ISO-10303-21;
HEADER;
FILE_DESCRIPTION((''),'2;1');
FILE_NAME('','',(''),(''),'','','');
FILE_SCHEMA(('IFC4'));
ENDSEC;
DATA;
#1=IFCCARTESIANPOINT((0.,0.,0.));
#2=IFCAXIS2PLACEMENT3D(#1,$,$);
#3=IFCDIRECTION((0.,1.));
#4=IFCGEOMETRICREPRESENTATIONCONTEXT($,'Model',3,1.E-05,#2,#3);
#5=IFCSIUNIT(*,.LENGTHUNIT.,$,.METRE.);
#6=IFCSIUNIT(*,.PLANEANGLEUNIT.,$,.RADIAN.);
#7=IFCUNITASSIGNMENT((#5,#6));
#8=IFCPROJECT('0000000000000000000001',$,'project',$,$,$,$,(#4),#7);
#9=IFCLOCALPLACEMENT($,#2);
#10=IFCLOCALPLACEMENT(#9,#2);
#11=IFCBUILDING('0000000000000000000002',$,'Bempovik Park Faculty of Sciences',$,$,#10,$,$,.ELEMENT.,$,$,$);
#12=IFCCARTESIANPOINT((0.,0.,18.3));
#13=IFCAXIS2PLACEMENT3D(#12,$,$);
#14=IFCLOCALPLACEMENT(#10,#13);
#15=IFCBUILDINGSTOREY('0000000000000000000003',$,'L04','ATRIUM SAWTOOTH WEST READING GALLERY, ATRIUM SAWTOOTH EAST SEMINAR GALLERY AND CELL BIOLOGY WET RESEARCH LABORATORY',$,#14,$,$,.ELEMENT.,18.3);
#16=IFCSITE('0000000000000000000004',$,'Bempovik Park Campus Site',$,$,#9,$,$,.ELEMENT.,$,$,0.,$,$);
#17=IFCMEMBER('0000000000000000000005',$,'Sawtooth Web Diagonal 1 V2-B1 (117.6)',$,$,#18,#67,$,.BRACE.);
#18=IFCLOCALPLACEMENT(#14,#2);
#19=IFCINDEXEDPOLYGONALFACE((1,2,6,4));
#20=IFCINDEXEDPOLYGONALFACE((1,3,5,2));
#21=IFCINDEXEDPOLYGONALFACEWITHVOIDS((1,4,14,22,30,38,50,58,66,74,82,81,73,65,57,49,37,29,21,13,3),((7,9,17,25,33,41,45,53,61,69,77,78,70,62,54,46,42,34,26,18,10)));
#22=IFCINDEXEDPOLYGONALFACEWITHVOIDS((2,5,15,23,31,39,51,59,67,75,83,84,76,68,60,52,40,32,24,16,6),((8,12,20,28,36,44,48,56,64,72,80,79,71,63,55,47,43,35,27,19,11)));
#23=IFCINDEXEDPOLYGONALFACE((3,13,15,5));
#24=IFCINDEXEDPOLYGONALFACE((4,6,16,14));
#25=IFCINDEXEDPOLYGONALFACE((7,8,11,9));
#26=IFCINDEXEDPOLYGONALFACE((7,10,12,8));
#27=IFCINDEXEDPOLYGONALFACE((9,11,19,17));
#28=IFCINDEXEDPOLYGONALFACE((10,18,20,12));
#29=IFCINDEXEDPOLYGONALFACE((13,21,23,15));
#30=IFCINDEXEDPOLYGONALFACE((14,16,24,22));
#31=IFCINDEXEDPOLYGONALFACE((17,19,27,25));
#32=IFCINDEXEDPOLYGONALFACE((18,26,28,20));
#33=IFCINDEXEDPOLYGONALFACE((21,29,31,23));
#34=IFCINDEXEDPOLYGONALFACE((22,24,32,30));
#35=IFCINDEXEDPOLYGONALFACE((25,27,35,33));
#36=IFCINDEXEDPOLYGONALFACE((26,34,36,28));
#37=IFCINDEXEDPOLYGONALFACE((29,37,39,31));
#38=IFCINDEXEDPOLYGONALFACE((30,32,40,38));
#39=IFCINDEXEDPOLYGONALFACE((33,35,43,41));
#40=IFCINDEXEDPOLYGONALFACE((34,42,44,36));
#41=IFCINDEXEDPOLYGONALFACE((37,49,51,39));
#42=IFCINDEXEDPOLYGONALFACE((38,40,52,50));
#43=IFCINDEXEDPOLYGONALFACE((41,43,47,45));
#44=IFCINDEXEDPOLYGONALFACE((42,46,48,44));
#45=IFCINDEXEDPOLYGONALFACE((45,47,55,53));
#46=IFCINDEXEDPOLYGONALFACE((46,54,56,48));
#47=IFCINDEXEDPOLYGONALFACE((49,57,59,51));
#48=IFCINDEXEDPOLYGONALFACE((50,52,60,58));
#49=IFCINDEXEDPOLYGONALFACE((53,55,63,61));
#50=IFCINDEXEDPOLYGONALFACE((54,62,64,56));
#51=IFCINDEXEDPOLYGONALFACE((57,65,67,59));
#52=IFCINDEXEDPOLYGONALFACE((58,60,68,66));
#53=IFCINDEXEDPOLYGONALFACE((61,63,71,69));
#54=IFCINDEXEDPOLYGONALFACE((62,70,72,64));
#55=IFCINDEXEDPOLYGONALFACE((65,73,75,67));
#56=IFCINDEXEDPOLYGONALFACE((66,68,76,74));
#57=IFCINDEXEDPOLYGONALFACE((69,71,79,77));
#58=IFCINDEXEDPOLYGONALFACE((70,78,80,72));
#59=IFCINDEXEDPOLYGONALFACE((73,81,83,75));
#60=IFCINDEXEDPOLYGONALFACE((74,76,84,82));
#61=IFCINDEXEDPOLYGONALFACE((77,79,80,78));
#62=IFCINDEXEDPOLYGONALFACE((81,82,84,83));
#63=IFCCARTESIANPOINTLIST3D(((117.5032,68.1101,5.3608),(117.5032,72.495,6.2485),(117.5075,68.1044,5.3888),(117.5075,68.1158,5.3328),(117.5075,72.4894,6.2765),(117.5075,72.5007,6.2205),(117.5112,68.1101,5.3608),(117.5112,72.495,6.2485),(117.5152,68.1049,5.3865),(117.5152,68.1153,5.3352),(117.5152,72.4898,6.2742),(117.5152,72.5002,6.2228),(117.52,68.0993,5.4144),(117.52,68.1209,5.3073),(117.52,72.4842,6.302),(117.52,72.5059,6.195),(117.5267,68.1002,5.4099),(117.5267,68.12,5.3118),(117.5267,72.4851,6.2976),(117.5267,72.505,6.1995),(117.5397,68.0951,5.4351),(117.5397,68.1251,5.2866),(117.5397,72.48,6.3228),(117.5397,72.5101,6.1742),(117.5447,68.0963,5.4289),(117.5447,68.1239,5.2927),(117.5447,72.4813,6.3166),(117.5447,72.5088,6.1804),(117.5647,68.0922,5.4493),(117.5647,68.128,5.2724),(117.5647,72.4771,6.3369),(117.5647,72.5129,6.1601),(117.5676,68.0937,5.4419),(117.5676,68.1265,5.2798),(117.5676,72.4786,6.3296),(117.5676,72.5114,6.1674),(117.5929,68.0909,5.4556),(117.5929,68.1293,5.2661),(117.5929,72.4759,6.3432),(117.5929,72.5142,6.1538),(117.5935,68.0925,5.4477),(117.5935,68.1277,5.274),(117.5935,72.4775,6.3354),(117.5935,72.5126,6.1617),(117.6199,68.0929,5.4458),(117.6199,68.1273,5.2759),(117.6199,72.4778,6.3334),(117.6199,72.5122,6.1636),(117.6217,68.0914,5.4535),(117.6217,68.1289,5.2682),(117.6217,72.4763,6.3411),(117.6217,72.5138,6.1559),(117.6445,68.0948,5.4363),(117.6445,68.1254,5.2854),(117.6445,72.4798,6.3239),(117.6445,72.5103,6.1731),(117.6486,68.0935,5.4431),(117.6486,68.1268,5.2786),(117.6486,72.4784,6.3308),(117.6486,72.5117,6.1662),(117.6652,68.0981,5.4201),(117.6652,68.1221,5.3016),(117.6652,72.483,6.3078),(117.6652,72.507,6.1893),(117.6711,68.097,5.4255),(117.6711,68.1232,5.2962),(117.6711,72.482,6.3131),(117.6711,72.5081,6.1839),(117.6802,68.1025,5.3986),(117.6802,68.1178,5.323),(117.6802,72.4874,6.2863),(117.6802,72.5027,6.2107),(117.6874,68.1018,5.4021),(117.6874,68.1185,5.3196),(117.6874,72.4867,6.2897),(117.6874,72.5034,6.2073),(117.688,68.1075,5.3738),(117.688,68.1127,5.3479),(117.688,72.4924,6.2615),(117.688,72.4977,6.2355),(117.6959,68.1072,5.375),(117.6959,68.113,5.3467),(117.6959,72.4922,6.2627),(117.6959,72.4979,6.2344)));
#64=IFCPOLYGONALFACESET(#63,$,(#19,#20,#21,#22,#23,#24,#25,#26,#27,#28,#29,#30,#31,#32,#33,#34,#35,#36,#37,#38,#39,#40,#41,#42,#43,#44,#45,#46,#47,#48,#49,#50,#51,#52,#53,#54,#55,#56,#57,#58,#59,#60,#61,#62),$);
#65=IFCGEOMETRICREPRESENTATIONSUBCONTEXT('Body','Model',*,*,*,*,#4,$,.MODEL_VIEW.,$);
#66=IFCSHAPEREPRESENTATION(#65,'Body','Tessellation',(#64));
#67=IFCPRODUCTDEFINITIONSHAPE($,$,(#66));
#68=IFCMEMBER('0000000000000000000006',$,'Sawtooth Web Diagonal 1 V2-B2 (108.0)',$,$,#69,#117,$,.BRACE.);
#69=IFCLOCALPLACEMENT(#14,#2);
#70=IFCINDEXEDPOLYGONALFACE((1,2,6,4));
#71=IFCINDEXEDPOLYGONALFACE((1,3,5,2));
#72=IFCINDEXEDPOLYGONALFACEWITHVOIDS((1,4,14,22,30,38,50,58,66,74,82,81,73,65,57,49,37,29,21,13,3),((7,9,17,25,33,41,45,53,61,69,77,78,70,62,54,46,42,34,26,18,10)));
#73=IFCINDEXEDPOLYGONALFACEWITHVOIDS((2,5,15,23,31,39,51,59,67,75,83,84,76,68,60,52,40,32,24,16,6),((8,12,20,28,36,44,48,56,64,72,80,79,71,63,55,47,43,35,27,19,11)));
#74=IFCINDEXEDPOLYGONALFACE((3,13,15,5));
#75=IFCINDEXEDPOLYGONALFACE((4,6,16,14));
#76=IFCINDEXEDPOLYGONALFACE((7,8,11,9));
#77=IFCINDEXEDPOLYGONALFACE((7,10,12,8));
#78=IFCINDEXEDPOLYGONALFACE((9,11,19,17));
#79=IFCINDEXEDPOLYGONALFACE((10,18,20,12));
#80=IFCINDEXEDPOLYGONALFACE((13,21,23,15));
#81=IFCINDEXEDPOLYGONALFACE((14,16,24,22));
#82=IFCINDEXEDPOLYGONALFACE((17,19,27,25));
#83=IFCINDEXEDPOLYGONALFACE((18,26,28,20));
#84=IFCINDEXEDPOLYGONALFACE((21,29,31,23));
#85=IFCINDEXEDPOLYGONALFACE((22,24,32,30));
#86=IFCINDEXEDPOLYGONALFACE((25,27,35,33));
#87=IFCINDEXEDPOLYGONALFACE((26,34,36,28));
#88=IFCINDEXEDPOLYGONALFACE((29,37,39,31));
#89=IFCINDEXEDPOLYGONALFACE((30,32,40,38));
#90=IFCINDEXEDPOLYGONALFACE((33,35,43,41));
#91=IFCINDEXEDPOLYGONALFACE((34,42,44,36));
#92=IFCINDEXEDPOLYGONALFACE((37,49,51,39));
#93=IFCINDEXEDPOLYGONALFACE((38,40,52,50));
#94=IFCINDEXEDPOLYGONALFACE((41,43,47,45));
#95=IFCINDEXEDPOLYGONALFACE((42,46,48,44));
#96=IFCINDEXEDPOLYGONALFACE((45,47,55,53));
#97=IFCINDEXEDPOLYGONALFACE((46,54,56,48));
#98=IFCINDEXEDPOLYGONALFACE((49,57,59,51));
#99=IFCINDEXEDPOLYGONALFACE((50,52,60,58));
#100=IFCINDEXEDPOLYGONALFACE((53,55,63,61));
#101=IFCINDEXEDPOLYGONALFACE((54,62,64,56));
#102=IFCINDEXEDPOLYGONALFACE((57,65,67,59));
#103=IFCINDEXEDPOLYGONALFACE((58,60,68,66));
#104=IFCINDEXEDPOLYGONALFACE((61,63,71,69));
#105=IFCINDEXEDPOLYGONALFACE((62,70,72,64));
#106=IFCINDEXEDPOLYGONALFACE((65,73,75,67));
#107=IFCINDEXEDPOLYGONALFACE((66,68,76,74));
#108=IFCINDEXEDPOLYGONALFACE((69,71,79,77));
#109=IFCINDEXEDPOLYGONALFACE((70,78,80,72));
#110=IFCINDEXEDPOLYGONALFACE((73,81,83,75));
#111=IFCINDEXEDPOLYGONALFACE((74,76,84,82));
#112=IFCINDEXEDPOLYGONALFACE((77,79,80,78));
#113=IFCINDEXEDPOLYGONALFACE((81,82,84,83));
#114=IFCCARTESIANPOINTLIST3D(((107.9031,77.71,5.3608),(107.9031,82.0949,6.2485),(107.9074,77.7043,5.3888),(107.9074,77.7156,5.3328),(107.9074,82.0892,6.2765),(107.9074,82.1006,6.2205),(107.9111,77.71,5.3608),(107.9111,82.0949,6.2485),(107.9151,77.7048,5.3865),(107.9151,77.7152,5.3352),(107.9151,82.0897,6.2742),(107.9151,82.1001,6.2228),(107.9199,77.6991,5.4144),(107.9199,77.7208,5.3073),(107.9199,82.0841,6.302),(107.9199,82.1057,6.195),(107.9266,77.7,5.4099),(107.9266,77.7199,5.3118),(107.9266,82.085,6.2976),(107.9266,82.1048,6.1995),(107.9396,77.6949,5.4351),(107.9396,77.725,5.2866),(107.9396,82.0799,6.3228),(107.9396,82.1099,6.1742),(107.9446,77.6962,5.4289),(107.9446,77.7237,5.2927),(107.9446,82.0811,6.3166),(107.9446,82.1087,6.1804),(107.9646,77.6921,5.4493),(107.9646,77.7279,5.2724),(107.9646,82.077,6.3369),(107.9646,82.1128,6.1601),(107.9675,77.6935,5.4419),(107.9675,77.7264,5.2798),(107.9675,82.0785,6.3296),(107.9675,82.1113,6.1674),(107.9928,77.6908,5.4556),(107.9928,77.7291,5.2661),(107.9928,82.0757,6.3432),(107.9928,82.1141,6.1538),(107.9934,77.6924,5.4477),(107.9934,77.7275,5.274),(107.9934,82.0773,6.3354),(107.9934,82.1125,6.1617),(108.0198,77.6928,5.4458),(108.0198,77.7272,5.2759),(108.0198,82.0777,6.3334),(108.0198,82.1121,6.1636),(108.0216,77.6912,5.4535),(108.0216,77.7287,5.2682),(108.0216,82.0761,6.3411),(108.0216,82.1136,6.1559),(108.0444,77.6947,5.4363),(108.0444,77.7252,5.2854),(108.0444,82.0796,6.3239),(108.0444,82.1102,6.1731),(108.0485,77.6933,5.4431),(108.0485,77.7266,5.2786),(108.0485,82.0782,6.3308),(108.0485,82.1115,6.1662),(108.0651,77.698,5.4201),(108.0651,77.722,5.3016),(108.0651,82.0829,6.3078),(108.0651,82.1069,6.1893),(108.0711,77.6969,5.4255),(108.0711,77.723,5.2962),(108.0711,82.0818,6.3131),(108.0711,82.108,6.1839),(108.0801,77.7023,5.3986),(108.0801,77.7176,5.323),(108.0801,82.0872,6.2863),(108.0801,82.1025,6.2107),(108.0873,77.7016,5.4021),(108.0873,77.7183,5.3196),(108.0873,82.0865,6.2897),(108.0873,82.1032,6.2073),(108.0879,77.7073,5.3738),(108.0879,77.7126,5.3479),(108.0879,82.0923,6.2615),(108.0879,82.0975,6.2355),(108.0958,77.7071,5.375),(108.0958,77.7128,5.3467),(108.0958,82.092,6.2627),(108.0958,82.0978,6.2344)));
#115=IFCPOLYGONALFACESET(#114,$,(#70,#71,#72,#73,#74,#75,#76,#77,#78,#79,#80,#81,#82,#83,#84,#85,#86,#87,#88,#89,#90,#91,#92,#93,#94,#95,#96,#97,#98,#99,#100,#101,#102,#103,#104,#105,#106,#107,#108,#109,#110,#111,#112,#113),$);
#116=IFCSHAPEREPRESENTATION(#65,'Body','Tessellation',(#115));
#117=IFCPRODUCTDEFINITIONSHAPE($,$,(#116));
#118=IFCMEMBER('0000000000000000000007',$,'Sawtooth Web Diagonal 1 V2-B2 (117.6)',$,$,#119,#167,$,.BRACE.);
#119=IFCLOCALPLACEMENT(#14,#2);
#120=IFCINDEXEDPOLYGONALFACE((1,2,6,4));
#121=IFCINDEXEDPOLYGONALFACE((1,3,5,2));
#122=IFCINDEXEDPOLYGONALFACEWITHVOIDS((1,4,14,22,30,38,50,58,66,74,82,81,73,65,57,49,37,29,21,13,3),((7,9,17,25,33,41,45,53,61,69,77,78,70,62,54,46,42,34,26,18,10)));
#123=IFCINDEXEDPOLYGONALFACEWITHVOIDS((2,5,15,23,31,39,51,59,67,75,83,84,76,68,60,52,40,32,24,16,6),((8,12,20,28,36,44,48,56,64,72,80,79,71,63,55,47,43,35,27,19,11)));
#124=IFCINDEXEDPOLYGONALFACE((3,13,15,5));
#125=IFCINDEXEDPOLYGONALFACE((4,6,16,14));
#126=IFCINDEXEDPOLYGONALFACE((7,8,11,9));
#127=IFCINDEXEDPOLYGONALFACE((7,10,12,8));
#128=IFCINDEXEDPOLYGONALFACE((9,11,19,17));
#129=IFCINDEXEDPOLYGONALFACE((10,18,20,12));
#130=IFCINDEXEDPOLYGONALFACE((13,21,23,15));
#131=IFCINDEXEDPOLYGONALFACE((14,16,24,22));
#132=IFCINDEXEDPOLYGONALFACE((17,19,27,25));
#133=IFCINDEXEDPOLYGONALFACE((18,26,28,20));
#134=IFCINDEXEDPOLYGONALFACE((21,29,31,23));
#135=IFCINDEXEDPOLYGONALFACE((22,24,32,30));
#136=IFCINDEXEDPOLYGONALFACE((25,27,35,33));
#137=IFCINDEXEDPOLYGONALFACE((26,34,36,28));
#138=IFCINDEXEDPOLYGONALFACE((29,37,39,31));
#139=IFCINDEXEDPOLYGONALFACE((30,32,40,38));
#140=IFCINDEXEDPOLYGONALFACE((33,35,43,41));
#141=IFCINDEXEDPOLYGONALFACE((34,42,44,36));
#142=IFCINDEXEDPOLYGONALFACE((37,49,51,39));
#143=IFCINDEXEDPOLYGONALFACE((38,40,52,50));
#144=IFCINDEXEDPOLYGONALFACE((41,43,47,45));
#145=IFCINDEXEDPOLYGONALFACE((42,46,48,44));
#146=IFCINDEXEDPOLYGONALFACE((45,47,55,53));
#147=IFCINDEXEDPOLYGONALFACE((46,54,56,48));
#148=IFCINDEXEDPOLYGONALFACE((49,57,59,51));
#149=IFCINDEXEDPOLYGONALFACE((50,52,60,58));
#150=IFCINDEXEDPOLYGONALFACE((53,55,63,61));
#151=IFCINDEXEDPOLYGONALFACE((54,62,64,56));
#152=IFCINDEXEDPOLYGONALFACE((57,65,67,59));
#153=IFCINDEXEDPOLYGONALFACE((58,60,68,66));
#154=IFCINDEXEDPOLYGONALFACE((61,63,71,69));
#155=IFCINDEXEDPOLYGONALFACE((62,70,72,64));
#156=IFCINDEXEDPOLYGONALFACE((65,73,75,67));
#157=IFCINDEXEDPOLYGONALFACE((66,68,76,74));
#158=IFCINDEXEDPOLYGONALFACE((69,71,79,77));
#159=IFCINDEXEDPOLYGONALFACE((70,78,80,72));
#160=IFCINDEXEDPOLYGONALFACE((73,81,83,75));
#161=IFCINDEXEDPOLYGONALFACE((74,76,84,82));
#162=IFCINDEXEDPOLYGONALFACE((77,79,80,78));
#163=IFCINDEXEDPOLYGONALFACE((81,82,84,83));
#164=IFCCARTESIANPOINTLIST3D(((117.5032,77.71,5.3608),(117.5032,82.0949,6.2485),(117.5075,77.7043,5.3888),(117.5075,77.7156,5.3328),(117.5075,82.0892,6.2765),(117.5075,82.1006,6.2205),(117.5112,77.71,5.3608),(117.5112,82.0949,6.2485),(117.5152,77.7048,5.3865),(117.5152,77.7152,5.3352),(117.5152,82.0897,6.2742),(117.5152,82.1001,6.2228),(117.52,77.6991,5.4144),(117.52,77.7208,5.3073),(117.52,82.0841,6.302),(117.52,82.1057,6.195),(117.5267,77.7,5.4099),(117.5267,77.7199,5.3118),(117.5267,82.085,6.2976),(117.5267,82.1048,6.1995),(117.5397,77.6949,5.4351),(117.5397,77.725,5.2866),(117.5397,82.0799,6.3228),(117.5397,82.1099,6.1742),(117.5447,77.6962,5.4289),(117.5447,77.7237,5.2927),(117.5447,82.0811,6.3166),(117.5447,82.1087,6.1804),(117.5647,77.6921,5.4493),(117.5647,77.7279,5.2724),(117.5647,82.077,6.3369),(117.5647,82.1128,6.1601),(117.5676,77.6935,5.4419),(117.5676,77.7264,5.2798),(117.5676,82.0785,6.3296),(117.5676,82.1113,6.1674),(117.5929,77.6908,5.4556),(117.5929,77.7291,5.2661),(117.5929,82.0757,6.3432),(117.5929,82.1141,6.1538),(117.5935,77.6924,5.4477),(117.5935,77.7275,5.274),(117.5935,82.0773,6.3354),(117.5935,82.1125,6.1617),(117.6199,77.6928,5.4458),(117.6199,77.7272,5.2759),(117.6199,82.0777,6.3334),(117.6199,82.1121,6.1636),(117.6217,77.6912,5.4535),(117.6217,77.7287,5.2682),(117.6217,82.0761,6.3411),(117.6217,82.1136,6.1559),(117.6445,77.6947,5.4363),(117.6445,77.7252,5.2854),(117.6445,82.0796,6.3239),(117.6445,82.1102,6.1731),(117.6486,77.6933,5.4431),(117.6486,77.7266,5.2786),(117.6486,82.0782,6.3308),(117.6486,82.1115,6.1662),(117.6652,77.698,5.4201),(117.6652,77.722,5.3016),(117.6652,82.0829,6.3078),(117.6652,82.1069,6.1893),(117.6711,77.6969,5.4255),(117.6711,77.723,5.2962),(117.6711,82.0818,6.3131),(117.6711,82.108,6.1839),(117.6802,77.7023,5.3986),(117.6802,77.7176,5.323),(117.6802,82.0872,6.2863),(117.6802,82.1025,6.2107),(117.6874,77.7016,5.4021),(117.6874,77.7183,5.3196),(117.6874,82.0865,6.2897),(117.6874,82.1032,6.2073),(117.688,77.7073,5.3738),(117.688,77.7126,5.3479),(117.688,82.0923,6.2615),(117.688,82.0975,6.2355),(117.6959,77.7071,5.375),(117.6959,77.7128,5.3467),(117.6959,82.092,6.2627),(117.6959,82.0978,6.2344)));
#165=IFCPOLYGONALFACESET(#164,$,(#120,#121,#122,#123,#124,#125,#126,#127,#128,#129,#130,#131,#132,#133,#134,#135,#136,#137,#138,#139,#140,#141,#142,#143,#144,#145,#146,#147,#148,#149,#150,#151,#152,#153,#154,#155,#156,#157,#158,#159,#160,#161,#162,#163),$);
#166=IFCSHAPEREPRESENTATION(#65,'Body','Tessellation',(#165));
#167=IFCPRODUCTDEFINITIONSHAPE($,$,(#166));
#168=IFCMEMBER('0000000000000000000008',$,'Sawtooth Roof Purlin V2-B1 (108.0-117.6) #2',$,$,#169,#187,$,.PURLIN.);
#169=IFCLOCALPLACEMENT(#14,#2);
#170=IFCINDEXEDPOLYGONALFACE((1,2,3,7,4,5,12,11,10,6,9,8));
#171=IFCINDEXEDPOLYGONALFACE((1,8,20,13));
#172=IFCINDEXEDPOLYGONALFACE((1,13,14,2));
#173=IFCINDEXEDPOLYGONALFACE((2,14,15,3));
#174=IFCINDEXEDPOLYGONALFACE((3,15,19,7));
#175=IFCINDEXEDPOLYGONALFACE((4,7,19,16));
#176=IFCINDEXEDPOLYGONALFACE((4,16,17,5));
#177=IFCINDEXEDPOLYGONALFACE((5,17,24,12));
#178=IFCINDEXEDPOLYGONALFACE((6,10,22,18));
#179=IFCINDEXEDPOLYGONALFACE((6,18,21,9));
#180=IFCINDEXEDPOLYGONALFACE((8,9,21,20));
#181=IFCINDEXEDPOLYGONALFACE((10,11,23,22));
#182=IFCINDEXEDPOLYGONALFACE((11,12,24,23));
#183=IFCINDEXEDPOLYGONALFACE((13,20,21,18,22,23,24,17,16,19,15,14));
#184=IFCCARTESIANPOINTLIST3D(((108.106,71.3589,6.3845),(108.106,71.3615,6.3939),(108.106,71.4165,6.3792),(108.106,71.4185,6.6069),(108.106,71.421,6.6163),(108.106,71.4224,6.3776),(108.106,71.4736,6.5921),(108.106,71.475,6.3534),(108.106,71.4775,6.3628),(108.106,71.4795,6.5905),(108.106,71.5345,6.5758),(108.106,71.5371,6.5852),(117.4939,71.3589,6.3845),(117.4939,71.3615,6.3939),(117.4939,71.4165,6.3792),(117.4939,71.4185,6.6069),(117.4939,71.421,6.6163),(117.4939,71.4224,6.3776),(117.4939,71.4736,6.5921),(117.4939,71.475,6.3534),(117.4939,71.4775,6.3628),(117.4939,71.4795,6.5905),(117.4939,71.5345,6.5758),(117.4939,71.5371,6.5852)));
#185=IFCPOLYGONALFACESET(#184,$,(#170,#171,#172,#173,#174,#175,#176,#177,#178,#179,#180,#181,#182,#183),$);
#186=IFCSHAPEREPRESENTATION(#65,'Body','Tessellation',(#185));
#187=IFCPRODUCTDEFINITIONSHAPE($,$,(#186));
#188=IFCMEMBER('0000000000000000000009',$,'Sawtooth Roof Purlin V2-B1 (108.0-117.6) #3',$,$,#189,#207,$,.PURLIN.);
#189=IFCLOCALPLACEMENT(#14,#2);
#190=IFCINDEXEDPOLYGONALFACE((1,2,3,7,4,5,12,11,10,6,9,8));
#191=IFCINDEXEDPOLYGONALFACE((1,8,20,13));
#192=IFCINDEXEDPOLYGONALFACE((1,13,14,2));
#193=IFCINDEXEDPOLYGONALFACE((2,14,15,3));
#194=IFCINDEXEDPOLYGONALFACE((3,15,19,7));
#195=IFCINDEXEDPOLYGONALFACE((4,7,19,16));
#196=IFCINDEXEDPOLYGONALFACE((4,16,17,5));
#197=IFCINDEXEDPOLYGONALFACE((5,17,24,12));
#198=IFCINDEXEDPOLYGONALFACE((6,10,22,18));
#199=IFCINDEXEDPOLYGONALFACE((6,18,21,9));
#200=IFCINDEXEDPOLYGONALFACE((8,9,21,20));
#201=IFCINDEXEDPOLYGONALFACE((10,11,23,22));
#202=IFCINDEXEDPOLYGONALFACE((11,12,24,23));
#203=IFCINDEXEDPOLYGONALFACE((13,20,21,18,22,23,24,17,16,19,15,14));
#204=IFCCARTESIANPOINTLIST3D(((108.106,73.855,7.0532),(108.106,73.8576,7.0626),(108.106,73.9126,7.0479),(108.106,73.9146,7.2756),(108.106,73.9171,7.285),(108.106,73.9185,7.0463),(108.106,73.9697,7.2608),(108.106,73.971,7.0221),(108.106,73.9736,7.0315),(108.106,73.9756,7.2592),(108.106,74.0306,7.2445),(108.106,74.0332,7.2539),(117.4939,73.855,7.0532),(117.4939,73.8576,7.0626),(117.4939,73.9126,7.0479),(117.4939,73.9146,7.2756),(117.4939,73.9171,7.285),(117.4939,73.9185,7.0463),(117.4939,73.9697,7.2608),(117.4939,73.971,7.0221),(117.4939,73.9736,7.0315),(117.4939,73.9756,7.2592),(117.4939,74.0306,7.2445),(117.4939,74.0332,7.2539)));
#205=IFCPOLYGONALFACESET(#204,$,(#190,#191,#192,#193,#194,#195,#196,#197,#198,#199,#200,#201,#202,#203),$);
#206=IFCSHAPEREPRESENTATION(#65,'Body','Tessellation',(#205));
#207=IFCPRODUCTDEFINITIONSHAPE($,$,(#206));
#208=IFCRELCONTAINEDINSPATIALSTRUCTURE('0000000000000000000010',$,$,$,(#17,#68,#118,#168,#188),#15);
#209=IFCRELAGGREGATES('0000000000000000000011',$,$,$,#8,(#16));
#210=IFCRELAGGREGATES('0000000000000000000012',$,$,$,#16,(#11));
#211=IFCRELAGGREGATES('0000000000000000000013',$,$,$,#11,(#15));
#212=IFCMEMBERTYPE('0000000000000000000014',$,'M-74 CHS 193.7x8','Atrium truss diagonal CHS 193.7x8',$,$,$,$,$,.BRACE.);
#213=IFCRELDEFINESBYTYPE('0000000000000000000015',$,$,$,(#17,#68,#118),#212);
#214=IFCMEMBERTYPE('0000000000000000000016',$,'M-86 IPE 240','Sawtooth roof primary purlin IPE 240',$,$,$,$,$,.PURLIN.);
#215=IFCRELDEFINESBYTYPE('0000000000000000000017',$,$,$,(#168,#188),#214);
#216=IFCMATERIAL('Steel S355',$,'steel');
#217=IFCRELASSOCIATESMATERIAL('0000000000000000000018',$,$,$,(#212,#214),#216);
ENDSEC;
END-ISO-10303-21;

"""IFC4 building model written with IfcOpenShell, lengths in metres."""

from ifc_helpers import new_model, si_unit, direction, frame, origin, origin_2d, place, context, subcontext, project, spatial, hollow_circle, i_section, extrude, material, material_profile, profile_set, type_object, element, save


model = new_model("IFC4")

# Units and contexts
model_context = context("Model", 3, precision=1e-05, world=origin(), true_north=direction((0.0, 1.0)))
body_context = subcontext(model_context, "Body", "Model", "MODEL_VIEW")
ifc_project = project(units=[si_unit("LENGTHUNIT", "METRE"), si_unit("PLANEANGLEUNIT", "RADIAN")], contexts=[model_context])

# Site, building, storey
site_placement = place(None, origin())
site = spatial("IfcSite", under=ifc_project, at=site_placement, Name="Bempovik Park Campus Site", CompositionType="ELEMENT", RefElevation=0.0)
building_placement = place(site_placement, origin())
building = spatial("IfcBuilding", under=site, at=building_placement, Name="Bempovik Park Faculty of Sciences", CompositionType="ELEMENT")
storey_placement = place(building_placement, frame((0.0, 0.0, 18.3)))
storey = spatial("IfcBuildingStorey", under=building, at=storey_placement, Name="L04", Description="ATRIUM SAWTOOTH WEST READING GALLERY, ATRIUM SAWTOOTH EAST SEMINAR GALLERY AND CELL BIOLOGY WET RESEARCH LABORATORY", CompositionType="ELEMENT", Elevation=18.3)

# Shared definitions
ifc_material_1 = material(Name="Steel S355", Category="steel")

# Members
ifc_material_profile_1 = material_profile(ifc_material_1, hollow_circle(Radius=0.0969, WallThickness=0.0081, at=origin_2d()), Name="CHS 193.7x8")
ifc_profile_set_1 = profile_set([ifc_material_profile_1], Name="Steel S355")
member_type_1 = type_object("IfcMemberType", Name="M-74 CHS 193.7x8", Description="Atrium truss diagonal CHS 193.7x8", PredefinedType="BRACE", material=ifc_profile_set_1)
for number, where, z_axis, x_axis, name in (
    (1, (117.6001, 68.1101, 5.3608), (0.0, 0.980118, 0.198414), (-1.0, 0.0, 0.0), "Sawtooth Web Diagonal 1 V2-B1 (117.6)"),
    (2, (108.0, 77.71, 5.3608), (0.0, 0.980118, 0.198414), (-1.0, 0.0, 0.0), "Sawtooth Web Diagonal 1 V2-B2 (108.0)"),
    (3, (117.6001, 77.71, 5.3608), (0.0, 0.980118, 0.198414), (-1.0, 0.0, 0.0), "Sawtooth Web Diagonal 1 V2-B2 (117.6)"),
):
    element("IfcMember", number, at=place(storey_placement, frame(where, z_axis=z_axis, x_axis=x_axis)), inside=storey, type_object=member_type_1, Name=name, PredefinedType="BRACE", context=body_context, shape_type="SweptSolid", body=[
        extrude(hollow_circle(Radius=0.0969, WallThickness=0.0081, at=origin_2d()), origin(), (0.0, 0.0, 1.0), 4.4739),
    ])
ifc_material_profile_2 = material_profile(ifc_material_1, i_section(OverallWidth=0.1201, OverallDepth=0.24, WebThickness=0.0061, FlangeThickness=0.0098, at=origin_2d()), Name="IPE 240")
ifc_profile_set_2 = profile_set([ifc_material_profile_2], Name="Steel S355")
member_type_2 = type_object("IfcMemberType", Name="M-86 IPE 240", Description="Sawtooth roof primary purlin IPE 240", PredefinedType="PURLIN", material=ifc_profile_set_2)
for number, where, z_axis, x_axis, name in (
    (4, (108.106, 71.448, 6.4849), (1.0, 0.0, 0.0), (0.0, 0.965926, -0.258819), "Sawtooth Roof Purlin V2-B1 (108.0-117.6) #2"),
    (5, (108.106, 73.9441, 7.1536), (1.0, 0.0, 0.0), (0.0, 0.965926, -0.258819), "Sawtooth Roof Purlin V2-B1 (108.0-117.6) #3"),
):
    element("IfcMember", number, at=place(storey_placement, frame(where, z_axis=z_axis, x_axis=x_axis)), inside=storey, type_object=member_type_2, Name=name, PredefinedType="PURLIN", context=body_context, shape_type="SweptSolid", body=[
        extrude(i_section(OverallWidth=0.1201, OverallDepth=0.24, WebThickness=0.0061, FlangeThickness=0.0098, at=origin_2d()), origin(), (0.0, 0.0, 1.0), 9.3879),
    ])

save(model, "model.ifc")
